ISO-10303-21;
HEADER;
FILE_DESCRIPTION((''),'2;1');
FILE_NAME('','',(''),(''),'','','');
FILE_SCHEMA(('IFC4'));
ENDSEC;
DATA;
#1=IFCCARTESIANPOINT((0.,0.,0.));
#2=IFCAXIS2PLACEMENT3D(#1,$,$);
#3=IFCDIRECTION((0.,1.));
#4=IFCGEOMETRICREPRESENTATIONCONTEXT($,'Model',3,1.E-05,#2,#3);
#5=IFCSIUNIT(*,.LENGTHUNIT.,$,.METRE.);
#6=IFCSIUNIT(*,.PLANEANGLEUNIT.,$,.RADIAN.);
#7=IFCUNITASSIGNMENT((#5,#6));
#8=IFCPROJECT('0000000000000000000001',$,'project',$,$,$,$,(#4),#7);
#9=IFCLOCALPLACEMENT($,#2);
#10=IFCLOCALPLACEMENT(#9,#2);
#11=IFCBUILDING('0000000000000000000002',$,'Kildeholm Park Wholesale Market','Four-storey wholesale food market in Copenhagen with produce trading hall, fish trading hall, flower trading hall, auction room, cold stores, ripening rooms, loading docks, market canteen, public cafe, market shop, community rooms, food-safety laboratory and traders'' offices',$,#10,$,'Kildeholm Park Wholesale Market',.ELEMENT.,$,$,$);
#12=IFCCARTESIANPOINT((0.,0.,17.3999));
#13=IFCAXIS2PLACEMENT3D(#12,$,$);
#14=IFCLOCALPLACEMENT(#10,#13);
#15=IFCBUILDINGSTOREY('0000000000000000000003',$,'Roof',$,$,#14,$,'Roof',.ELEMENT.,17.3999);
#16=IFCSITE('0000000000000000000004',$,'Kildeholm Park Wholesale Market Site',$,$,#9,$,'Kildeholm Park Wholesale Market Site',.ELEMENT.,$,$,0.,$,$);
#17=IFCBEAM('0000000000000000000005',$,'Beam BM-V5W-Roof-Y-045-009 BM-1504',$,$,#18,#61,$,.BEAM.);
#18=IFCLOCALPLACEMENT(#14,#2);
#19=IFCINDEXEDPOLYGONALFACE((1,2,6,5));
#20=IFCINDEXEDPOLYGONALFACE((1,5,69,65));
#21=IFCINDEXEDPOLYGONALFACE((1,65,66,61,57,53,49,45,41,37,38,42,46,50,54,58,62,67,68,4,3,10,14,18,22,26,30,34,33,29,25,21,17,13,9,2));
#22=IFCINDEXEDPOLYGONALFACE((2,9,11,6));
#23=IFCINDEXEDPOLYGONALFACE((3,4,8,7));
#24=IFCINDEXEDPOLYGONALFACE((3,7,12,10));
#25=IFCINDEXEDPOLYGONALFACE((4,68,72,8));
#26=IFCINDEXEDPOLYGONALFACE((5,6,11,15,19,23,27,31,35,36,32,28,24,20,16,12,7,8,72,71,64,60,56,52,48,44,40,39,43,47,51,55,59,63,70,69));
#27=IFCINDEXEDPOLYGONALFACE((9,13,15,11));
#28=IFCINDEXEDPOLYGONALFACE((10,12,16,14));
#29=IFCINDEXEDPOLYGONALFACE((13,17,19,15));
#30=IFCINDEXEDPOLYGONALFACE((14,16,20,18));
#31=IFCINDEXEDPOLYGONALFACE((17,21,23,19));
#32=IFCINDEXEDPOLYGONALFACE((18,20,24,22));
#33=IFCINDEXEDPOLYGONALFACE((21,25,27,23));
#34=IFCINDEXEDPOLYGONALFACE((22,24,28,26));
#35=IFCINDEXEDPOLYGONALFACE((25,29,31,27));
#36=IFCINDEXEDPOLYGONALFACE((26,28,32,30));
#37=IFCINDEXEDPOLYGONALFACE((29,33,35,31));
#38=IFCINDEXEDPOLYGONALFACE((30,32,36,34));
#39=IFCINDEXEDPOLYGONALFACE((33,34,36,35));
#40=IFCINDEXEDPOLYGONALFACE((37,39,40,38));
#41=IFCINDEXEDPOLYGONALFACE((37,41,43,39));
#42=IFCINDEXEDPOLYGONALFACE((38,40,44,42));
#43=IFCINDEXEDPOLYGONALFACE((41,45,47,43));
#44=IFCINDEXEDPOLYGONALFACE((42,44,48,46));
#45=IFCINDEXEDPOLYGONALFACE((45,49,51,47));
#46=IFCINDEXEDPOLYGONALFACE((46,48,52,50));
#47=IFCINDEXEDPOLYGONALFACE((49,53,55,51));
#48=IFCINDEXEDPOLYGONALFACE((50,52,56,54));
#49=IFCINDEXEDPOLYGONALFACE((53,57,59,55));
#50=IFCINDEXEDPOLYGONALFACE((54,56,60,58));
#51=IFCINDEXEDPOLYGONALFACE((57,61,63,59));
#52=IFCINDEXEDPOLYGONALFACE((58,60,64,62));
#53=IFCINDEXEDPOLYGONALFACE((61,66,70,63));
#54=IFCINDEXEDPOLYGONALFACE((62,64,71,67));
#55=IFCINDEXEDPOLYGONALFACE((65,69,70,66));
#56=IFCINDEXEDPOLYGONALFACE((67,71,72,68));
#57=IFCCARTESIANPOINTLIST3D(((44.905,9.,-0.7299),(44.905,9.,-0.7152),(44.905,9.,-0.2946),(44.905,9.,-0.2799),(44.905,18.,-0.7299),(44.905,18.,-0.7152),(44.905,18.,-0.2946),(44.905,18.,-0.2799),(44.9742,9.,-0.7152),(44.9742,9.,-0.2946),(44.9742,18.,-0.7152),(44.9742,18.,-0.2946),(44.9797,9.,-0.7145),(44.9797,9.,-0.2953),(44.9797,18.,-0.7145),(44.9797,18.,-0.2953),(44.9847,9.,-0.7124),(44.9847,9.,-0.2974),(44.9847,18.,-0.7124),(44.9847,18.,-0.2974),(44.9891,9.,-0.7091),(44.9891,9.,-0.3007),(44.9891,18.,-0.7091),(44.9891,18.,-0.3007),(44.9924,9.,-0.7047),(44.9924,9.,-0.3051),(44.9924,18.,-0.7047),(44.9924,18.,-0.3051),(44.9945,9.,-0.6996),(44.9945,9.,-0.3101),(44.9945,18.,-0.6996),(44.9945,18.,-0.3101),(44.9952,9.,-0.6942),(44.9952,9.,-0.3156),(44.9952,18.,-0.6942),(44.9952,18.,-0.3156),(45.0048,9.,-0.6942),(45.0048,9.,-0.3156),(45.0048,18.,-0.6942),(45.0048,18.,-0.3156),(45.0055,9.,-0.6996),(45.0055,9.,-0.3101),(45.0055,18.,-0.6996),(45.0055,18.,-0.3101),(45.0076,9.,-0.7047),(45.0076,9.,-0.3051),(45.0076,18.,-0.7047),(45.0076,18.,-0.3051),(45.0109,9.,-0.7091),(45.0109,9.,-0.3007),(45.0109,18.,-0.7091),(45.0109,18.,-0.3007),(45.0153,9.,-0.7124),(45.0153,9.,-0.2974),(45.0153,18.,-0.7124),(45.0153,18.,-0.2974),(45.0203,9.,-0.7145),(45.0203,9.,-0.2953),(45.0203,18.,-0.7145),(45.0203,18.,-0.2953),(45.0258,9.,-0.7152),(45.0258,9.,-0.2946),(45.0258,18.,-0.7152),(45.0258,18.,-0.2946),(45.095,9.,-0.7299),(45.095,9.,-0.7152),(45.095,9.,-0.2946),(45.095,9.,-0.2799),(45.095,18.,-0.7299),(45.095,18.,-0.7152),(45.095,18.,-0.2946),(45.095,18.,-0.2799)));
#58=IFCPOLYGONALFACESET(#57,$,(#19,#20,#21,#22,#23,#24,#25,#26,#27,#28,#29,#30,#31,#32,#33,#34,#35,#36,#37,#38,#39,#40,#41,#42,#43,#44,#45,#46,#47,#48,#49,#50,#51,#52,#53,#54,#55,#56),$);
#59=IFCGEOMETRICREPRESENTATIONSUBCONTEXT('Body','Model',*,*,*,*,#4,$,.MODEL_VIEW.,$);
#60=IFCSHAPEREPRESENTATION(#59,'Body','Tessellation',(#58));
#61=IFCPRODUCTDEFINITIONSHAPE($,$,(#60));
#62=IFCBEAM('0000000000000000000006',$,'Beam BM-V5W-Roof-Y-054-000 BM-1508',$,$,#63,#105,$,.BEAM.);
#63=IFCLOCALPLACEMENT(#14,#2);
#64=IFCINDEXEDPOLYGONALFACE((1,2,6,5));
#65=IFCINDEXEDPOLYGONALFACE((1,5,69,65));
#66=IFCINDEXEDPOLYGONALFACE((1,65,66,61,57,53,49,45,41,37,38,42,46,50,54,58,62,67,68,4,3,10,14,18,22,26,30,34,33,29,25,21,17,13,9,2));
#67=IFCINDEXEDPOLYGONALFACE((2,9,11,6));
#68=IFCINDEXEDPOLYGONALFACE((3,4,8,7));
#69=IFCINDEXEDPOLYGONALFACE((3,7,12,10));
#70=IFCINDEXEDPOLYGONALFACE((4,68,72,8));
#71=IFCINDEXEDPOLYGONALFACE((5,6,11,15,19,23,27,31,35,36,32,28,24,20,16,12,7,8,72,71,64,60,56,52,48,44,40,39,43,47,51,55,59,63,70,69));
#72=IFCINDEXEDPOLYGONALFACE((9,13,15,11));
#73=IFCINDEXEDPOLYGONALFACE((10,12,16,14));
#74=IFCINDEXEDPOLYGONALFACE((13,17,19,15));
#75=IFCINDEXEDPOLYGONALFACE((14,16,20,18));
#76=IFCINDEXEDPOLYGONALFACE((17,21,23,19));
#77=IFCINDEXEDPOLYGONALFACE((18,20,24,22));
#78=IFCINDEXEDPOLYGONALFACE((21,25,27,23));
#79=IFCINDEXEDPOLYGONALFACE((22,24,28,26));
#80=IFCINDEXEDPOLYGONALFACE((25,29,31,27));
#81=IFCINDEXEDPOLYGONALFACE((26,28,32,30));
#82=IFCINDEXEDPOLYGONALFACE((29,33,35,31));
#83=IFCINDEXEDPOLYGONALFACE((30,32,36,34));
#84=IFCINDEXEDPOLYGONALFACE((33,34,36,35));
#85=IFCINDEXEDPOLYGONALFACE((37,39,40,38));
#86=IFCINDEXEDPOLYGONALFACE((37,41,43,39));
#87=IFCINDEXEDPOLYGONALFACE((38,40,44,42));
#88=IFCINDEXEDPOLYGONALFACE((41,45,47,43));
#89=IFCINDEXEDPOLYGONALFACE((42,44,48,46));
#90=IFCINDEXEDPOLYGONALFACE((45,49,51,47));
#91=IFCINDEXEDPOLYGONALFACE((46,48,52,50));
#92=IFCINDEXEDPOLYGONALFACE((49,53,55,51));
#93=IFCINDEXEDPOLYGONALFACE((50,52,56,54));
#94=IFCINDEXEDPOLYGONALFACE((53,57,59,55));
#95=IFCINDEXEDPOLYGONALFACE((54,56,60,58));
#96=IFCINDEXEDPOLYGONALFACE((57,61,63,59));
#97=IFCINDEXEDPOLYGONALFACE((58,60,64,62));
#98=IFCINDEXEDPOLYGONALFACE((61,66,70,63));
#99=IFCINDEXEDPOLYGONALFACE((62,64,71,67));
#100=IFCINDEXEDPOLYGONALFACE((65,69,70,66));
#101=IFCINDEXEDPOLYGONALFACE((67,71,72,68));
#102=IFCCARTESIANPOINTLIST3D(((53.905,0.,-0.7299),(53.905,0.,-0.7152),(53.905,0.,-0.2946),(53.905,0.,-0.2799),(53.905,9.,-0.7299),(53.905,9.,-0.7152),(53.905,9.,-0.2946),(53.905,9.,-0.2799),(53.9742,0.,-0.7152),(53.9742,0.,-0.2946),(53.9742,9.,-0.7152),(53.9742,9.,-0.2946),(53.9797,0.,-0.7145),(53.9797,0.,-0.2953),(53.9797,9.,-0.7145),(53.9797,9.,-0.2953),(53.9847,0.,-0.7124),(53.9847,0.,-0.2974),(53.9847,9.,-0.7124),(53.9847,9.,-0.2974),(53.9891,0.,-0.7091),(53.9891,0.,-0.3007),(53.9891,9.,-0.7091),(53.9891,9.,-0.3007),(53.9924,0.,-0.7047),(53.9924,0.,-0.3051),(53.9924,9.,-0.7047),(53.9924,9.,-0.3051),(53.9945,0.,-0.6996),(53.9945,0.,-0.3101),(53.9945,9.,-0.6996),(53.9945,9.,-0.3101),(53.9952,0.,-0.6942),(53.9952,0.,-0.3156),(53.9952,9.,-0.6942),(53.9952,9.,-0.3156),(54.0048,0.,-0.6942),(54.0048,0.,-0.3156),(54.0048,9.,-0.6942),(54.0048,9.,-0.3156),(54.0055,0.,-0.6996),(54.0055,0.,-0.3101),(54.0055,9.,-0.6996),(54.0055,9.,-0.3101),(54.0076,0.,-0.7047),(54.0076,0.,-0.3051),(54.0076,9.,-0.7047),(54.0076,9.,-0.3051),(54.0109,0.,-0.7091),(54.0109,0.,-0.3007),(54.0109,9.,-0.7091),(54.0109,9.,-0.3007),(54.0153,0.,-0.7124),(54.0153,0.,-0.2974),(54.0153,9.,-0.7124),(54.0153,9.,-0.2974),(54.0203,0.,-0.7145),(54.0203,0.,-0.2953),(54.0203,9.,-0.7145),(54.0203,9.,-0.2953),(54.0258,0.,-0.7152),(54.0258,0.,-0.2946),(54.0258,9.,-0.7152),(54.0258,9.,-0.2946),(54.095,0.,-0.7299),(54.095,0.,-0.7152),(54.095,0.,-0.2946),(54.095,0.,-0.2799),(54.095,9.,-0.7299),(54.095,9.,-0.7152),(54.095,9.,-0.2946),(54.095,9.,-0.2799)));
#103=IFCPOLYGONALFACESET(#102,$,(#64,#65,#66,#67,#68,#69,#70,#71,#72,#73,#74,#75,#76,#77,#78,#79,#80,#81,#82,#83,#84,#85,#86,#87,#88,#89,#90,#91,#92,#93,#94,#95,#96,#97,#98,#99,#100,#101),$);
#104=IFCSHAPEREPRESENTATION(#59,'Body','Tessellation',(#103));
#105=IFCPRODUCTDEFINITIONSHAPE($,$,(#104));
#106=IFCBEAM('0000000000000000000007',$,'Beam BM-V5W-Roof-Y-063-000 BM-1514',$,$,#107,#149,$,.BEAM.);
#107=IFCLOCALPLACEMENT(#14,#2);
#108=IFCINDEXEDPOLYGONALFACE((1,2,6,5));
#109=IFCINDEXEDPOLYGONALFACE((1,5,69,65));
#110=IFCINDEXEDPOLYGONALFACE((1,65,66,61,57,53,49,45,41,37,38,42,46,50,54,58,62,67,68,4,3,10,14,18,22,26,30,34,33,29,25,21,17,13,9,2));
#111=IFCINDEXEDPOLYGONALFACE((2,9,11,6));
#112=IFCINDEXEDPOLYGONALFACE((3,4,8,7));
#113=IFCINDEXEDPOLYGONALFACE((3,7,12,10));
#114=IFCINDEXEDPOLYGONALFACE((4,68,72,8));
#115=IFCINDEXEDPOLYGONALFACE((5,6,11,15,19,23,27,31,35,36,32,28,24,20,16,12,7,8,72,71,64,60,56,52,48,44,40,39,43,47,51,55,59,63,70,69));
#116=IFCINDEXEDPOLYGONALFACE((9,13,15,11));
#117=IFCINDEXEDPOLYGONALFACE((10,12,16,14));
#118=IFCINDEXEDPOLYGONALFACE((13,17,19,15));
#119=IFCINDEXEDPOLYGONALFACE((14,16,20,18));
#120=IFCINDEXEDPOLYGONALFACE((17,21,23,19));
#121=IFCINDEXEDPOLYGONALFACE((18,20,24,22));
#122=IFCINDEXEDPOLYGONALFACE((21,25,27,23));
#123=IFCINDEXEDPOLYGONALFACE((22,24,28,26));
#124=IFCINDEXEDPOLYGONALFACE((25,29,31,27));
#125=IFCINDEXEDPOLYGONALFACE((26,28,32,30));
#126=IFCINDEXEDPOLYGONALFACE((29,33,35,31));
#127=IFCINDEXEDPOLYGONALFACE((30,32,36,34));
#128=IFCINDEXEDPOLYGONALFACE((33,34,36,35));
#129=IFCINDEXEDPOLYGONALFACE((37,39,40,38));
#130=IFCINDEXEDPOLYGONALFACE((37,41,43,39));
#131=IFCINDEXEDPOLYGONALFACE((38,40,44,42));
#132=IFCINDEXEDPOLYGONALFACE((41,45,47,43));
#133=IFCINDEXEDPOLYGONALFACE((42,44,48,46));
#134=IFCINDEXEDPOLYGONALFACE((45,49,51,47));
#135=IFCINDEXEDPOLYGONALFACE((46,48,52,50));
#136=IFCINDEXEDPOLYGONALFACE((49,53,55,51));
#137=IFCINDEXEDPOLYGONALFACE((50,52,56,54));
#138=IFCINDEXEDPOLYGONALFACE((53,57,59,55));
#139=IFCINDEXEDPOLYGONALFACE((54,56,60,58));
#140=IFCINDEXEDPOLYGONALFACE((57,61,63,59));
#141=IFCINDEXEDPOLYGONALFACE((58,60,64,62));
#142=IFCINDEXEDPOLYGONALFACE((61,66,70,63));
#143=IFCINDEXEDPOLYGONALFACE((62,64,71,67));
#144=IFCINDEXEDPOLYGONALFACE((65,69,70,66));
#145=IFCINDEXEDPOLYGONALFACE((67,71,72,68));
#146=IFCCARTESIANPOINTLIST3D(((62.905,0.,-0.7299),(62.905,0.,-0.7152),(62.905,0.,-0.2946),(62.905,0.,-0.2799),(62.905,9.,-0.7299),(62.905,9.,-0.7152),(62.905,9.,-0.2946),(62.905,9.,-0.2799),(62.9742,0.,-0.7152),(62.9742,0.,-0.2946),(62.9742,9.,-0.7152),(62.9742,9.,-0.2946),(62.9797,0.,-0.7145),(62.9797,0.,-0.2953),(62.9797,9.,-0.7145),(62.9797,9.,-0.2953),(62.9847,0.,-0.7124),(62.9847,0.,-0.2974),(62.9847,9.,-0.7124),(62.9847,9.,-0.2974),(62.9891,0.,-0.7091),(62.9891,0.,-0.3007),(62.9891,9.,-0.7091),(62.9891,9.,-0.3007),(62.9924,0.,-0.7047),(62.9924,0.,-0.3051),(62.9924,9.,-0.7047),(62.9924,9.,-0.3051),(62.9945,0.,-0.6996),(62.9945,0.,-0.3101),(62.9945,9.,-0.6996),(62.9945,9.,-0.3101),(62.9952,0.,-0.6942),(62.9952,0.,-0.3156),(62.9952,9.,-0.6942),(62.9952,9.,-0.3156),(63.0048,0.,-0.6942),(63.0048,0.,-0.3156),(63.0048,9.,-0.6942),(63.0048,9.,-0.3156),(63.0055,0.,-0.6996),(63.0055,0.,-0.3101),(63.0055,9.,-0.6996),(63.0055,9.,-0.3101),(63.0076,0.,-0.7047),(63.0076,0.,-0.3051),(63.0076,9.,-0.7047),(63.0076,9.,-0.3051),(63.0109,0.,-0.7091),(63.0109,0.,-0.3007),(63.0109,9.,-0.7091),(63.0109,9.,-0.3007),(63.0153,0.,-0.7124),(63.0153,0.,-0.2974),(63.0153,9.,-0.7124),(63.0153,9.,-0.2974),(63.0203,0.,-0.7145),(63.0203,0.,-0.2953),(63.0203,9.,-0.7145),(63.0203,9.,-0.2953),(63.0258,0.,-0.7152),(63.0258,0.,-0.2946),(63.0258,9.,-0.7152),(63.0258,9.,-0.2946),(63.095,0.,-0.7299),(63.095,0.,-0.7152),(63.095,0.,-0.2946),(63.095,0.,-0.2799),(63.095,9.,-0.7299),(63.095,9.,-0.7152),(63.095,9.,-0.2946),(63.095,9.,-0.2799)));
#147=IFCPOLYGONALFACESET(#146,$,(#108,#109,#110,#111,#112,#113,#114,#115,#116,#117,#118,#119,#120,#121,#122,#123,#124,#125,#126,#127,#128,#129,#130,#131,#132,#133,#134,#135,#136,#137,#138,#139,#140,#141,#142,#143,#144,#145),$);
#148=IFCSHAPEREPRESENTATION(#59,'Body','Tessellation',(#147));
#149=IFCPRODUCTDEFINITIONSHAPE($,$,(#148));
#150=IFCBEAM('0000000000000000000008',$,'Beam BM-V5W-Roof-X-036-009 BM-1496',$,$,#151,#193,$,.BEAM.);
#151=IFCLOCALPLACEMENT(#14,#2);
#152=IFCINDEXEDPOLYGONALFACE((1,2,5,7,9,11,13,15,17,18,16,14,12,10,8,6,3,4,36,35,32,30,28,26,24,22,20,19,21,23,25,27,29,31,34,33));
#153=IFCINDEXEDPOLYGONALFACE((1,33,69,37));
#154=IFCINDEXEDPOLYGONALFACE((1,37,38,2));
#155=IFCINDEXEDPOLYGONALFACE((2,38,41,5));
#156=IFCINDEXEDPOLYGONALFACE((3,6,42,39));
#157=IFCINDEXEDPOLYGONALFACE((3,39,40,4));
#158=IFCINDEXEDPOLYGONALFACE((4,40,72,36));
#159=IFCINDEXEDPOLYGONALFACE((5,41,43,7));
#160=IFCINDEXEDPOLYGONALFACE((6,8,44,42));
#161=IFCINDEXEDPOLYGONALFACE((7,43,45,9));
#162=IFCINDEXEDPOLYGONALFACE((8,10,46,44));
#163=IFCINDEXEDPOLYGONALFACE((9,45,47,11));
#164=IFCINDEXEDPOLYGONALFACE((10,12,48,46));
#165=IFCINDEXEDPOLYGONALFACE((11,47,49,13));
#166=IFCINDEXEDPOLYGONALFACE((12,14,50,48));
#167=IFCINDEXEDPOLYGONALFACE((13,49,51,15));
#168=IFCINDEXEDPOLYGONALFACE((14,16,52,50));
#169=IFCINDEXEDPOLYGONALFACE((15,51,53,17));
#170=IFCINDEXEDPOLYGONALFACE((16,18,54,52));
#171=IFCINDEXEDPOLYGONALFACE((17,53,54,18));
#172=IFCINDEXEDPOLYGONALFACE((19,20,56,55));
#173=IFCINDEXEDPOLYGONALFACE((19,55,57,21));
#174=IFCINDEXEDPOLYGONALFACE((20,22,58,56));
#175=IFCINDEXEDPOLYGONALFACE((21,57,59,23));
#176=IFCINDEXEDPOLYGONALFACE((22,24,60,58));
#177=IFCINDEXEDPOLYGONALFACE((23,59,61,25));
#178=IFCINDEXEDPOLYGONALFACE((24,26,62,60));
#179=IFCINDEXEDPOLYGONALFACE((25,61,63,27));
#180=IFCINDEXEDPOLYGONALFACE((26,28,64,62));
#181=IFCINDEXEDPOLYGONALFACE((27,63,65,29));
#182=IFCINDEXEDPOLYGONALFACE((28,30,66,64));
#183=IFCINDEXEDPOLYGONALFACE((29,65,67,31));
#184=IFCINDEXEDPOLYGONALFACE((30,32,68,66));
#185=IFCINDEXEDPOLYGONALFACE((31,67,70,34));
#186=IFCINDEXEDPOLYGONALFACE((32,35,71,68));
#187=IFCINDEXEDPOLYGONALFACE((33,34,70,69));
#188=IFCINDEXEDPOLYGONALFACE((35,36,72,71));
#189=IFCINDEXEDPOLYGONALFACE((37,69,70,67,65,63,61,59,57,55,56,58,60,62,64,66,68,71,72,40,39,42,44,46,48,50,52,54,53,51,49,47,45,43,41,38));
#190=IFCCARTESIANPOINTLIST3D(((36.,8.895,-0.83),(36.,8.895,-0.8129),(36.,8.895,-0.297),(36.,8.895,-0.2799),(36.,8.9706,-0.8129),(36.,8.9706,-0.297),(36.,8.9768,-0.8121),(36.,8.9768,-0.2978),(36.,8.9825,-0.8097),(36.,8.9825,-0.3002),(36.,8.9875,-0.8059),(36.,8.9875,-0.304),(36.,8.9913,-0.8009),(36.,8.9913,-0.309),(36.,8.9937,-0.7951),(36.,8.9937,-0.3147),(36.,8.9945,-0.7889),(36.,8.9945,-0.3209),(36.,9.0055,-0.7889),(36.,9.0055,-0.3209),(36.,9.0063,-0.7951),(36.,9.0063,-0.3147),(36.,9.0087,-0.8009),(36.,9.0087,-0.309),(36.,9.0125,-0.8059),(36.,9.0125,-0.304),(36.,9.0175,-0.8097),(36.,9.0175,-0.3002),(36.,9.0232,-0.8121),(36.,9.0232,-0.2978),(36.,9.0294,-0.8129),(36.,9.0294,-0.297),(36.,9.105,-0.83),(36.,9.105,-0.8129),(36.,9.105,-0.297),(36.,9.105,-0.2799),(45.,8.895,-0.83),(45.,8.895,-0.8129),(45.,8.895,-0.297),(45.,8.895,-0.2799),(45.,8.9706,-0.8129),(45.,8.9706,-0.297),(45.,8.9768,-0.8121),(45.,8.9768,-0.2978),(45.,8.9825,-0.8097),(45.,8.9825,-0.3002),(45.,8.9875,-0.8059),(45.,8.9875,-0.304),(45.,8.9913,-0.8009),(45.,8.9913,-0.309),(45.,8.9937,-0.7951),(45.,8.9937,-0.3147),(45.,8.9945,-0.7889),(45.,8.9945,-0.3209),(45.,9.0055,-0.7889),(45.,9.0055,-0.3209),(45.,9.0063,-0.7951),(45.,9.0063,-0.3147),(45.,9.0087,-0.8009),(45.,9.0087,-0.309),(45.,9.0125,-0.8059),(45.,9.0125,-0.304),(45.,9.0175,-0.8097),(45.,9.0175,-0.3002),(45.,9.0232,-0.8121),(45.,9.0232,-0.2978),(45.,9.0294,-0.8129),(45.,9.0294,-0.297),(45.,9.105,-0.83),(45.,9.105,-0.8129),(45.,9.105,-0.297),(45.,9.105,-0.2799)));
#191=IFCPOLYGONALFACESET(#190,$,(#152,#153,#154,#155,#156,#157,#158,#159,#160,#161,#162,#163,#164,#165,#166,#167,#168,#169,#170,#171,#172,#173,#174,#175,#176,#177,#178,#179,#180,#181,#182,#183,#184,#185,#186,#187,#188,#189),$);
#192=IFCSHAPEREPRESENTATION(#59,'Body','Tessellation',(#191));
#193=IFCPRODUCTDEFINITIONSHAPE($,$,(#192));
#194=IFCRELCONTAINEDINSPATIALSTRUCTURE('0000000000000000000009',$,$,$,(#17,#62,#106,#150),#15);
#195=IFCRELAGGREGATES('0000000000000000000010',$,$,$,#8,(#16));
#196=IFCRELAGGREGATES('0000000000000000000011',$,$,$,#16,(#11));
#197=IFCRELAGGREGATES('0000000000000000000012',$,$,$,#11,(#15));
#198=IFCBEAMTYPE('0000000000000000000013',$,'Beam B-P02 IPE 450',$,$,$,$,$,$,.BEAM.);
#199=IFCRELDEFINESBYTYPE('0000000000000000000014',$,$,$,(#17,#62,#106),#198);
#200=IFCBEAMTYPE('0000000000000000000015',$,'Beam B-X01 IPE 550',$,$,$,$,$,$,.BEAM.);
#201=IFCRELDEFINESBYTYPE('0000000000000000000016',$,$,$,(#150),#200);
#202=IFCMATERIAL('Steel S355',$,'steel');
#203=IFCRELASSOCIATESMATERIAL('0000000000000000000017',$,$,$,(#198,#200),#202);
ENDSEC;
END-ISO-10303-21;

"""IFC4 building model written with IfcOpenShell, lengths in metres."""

from ifc_helpers import new_model, si_unit, direction, frame, origin, origin_2d, place, context, subcontext, project, spatial, i_section, extrude, material, material_profile, profile_set, type_object, element, save


model = new_model("IFC4")

# Units and contexts
model_context = context("Model", 3, precision=1e-05, world=origin(), true_north=direction((0.0, 1.0)))
body_context = subcontext(model_context, "Body", "Model", "MODEL_VIEW")
ifc_project = project(units=[si_unit("LENGTHUNIT", "METRE"), si_unit("PLANEANGLEUNIT", "RADIAN")], contexts=[model_context])

# Site, building, storey
site_placement = place(None, origin())
site = spatial("IfcSite", under=ifc_project, at=site_placement, Name="Kildeholm Park Wholesale Market Site", LongName="Kildeholm Park Wholesale Market Site", CompositionType="ELEMENT", RefElevation=0.0)
building_placement = place(site_placement, origin())
building = spatial("IfcBuilding", under=site, at=building_placement, Name="Kildeholm Park Wholesale Market", Description="Four-storey wholesale food market in Copenhagen with produce trading hall, fish trading hall, flower trading hall, auction room, cold stores, ripening rooms, loading docks, market canteen, public cafe, market shop, community rooms, food-safety laboratory and traders' offices", LongName="Kildeholm Park Wholesale Market", CompositionType="ELEMENT")
storey_placement = place(building_placement, frame((0.0, 0.0, 17.3999)))
storey = spatial("IfcBuildingStorey", under=building, at=storey_placement, Name="Roof", LongName="Roof", CompositionType="ELEMENT", Elevation=17.3999)

# Beams
ifc_material = material(Name="Steel S355", Category="steel")
ifc_material_profile_1 = material_profile(ifc_material, i_section(OverallWidth=0.1899, OverallDepth=0.45, WebThickness=0.0095, FlangeThickness=0.0146, FilletRadius=0.021, at=origin_2d()), Name="IPE 450")
ifc_profile_set_1 = profile_set([ifc_material_profile_1], Name="Steel S355")
beam_type_1 = type_object("IfcBeamType", Name="Beam B-P02 IPE 450", PredefinedType="BEAM", material=ifc_profile_set_1)
for number, where, z_axis, x_axis, name in (
    (1, (45.0, 9.0, -0.5049), (0.0, 1.0, 0.0), (-1.0, 0.0, 0.0), "Beam BM-V5W-Roof-Y-045-009 BM-1504"),
    (2, (54.0, 0.0, -0.5049), (0.0, 1.0, 0.0), (-1.0, 0.0, 0.0), "Beam BM-V5W-Roof-Y-054-000 BM-1508"),
    (3, (63.0, 0.0, -0.5049), (0.0, 1.0, 0.0), (-1.0, 0.0, 0.0), "Beam BM-V5W-Roof-Y-063-000 BM-1514"),
):
    element("IfcBeam", number, at=place(storey_placement, frame(where, z_axis=z_axis, x_axis=x_axis)), inside=storey, type_object=beam_type_1, Name=name, PredefinedType="BEAM", context=body_context, shape_type="SweptSolid", body=[
        extrude(i_section(OverallWidth=0.1899, OverallDepth=0.45, WebThickness=0.0095, FlangeThickness=0.0146, FilletRadius=0.021, at=origin_2d()), origin(), (0.0, 0.0, 1.0), 9.0),
    ])
ifc_material_profile_2 = material_profile(ifc_material, i_section(OverallWidth=0.21, OverallDepth=0.55, WebThickness=0.011, FlangeThickness=0.0171, FilletRadius=0.0239, at=origin_2d()), Name="IPE 550")
ifc_profile_set_2 = profile_set([ifc_material_profile_2], Name="Steel S355")
beam_type_2 = type_object("IfcBeamType", Name="Beam B-X01 IPE 550", PredefinedType="BEAM", material=ifc_profile_set_2)
beam_1_placement = place(storey_placement, frame((36.0, 9.0, -0.5549), z_axis=(1.0, 0.0, 0.0), x_axis=(0.0, 1.0, 0.0)))
element("IfcBeam", 4, at=beam_1_placement, inside=storey, type_object=beam_type_2, Name="Beam BM-V5W-Roof-X-036-009 BM-1496", PredefinedType="BEAM", context=body_context, shape_type="SweptSolid", body=[
    extrude(i_section(OverallWidth=0.21, OverallDepth=0.55, WebThickness=0.011, FlangeThickness=0.0171, FilletRadius=0.0239, at=origin_2d()), origin(), (0.0, 0.0, 1.0), 9.0),
])

save(model, "model.ifc")
